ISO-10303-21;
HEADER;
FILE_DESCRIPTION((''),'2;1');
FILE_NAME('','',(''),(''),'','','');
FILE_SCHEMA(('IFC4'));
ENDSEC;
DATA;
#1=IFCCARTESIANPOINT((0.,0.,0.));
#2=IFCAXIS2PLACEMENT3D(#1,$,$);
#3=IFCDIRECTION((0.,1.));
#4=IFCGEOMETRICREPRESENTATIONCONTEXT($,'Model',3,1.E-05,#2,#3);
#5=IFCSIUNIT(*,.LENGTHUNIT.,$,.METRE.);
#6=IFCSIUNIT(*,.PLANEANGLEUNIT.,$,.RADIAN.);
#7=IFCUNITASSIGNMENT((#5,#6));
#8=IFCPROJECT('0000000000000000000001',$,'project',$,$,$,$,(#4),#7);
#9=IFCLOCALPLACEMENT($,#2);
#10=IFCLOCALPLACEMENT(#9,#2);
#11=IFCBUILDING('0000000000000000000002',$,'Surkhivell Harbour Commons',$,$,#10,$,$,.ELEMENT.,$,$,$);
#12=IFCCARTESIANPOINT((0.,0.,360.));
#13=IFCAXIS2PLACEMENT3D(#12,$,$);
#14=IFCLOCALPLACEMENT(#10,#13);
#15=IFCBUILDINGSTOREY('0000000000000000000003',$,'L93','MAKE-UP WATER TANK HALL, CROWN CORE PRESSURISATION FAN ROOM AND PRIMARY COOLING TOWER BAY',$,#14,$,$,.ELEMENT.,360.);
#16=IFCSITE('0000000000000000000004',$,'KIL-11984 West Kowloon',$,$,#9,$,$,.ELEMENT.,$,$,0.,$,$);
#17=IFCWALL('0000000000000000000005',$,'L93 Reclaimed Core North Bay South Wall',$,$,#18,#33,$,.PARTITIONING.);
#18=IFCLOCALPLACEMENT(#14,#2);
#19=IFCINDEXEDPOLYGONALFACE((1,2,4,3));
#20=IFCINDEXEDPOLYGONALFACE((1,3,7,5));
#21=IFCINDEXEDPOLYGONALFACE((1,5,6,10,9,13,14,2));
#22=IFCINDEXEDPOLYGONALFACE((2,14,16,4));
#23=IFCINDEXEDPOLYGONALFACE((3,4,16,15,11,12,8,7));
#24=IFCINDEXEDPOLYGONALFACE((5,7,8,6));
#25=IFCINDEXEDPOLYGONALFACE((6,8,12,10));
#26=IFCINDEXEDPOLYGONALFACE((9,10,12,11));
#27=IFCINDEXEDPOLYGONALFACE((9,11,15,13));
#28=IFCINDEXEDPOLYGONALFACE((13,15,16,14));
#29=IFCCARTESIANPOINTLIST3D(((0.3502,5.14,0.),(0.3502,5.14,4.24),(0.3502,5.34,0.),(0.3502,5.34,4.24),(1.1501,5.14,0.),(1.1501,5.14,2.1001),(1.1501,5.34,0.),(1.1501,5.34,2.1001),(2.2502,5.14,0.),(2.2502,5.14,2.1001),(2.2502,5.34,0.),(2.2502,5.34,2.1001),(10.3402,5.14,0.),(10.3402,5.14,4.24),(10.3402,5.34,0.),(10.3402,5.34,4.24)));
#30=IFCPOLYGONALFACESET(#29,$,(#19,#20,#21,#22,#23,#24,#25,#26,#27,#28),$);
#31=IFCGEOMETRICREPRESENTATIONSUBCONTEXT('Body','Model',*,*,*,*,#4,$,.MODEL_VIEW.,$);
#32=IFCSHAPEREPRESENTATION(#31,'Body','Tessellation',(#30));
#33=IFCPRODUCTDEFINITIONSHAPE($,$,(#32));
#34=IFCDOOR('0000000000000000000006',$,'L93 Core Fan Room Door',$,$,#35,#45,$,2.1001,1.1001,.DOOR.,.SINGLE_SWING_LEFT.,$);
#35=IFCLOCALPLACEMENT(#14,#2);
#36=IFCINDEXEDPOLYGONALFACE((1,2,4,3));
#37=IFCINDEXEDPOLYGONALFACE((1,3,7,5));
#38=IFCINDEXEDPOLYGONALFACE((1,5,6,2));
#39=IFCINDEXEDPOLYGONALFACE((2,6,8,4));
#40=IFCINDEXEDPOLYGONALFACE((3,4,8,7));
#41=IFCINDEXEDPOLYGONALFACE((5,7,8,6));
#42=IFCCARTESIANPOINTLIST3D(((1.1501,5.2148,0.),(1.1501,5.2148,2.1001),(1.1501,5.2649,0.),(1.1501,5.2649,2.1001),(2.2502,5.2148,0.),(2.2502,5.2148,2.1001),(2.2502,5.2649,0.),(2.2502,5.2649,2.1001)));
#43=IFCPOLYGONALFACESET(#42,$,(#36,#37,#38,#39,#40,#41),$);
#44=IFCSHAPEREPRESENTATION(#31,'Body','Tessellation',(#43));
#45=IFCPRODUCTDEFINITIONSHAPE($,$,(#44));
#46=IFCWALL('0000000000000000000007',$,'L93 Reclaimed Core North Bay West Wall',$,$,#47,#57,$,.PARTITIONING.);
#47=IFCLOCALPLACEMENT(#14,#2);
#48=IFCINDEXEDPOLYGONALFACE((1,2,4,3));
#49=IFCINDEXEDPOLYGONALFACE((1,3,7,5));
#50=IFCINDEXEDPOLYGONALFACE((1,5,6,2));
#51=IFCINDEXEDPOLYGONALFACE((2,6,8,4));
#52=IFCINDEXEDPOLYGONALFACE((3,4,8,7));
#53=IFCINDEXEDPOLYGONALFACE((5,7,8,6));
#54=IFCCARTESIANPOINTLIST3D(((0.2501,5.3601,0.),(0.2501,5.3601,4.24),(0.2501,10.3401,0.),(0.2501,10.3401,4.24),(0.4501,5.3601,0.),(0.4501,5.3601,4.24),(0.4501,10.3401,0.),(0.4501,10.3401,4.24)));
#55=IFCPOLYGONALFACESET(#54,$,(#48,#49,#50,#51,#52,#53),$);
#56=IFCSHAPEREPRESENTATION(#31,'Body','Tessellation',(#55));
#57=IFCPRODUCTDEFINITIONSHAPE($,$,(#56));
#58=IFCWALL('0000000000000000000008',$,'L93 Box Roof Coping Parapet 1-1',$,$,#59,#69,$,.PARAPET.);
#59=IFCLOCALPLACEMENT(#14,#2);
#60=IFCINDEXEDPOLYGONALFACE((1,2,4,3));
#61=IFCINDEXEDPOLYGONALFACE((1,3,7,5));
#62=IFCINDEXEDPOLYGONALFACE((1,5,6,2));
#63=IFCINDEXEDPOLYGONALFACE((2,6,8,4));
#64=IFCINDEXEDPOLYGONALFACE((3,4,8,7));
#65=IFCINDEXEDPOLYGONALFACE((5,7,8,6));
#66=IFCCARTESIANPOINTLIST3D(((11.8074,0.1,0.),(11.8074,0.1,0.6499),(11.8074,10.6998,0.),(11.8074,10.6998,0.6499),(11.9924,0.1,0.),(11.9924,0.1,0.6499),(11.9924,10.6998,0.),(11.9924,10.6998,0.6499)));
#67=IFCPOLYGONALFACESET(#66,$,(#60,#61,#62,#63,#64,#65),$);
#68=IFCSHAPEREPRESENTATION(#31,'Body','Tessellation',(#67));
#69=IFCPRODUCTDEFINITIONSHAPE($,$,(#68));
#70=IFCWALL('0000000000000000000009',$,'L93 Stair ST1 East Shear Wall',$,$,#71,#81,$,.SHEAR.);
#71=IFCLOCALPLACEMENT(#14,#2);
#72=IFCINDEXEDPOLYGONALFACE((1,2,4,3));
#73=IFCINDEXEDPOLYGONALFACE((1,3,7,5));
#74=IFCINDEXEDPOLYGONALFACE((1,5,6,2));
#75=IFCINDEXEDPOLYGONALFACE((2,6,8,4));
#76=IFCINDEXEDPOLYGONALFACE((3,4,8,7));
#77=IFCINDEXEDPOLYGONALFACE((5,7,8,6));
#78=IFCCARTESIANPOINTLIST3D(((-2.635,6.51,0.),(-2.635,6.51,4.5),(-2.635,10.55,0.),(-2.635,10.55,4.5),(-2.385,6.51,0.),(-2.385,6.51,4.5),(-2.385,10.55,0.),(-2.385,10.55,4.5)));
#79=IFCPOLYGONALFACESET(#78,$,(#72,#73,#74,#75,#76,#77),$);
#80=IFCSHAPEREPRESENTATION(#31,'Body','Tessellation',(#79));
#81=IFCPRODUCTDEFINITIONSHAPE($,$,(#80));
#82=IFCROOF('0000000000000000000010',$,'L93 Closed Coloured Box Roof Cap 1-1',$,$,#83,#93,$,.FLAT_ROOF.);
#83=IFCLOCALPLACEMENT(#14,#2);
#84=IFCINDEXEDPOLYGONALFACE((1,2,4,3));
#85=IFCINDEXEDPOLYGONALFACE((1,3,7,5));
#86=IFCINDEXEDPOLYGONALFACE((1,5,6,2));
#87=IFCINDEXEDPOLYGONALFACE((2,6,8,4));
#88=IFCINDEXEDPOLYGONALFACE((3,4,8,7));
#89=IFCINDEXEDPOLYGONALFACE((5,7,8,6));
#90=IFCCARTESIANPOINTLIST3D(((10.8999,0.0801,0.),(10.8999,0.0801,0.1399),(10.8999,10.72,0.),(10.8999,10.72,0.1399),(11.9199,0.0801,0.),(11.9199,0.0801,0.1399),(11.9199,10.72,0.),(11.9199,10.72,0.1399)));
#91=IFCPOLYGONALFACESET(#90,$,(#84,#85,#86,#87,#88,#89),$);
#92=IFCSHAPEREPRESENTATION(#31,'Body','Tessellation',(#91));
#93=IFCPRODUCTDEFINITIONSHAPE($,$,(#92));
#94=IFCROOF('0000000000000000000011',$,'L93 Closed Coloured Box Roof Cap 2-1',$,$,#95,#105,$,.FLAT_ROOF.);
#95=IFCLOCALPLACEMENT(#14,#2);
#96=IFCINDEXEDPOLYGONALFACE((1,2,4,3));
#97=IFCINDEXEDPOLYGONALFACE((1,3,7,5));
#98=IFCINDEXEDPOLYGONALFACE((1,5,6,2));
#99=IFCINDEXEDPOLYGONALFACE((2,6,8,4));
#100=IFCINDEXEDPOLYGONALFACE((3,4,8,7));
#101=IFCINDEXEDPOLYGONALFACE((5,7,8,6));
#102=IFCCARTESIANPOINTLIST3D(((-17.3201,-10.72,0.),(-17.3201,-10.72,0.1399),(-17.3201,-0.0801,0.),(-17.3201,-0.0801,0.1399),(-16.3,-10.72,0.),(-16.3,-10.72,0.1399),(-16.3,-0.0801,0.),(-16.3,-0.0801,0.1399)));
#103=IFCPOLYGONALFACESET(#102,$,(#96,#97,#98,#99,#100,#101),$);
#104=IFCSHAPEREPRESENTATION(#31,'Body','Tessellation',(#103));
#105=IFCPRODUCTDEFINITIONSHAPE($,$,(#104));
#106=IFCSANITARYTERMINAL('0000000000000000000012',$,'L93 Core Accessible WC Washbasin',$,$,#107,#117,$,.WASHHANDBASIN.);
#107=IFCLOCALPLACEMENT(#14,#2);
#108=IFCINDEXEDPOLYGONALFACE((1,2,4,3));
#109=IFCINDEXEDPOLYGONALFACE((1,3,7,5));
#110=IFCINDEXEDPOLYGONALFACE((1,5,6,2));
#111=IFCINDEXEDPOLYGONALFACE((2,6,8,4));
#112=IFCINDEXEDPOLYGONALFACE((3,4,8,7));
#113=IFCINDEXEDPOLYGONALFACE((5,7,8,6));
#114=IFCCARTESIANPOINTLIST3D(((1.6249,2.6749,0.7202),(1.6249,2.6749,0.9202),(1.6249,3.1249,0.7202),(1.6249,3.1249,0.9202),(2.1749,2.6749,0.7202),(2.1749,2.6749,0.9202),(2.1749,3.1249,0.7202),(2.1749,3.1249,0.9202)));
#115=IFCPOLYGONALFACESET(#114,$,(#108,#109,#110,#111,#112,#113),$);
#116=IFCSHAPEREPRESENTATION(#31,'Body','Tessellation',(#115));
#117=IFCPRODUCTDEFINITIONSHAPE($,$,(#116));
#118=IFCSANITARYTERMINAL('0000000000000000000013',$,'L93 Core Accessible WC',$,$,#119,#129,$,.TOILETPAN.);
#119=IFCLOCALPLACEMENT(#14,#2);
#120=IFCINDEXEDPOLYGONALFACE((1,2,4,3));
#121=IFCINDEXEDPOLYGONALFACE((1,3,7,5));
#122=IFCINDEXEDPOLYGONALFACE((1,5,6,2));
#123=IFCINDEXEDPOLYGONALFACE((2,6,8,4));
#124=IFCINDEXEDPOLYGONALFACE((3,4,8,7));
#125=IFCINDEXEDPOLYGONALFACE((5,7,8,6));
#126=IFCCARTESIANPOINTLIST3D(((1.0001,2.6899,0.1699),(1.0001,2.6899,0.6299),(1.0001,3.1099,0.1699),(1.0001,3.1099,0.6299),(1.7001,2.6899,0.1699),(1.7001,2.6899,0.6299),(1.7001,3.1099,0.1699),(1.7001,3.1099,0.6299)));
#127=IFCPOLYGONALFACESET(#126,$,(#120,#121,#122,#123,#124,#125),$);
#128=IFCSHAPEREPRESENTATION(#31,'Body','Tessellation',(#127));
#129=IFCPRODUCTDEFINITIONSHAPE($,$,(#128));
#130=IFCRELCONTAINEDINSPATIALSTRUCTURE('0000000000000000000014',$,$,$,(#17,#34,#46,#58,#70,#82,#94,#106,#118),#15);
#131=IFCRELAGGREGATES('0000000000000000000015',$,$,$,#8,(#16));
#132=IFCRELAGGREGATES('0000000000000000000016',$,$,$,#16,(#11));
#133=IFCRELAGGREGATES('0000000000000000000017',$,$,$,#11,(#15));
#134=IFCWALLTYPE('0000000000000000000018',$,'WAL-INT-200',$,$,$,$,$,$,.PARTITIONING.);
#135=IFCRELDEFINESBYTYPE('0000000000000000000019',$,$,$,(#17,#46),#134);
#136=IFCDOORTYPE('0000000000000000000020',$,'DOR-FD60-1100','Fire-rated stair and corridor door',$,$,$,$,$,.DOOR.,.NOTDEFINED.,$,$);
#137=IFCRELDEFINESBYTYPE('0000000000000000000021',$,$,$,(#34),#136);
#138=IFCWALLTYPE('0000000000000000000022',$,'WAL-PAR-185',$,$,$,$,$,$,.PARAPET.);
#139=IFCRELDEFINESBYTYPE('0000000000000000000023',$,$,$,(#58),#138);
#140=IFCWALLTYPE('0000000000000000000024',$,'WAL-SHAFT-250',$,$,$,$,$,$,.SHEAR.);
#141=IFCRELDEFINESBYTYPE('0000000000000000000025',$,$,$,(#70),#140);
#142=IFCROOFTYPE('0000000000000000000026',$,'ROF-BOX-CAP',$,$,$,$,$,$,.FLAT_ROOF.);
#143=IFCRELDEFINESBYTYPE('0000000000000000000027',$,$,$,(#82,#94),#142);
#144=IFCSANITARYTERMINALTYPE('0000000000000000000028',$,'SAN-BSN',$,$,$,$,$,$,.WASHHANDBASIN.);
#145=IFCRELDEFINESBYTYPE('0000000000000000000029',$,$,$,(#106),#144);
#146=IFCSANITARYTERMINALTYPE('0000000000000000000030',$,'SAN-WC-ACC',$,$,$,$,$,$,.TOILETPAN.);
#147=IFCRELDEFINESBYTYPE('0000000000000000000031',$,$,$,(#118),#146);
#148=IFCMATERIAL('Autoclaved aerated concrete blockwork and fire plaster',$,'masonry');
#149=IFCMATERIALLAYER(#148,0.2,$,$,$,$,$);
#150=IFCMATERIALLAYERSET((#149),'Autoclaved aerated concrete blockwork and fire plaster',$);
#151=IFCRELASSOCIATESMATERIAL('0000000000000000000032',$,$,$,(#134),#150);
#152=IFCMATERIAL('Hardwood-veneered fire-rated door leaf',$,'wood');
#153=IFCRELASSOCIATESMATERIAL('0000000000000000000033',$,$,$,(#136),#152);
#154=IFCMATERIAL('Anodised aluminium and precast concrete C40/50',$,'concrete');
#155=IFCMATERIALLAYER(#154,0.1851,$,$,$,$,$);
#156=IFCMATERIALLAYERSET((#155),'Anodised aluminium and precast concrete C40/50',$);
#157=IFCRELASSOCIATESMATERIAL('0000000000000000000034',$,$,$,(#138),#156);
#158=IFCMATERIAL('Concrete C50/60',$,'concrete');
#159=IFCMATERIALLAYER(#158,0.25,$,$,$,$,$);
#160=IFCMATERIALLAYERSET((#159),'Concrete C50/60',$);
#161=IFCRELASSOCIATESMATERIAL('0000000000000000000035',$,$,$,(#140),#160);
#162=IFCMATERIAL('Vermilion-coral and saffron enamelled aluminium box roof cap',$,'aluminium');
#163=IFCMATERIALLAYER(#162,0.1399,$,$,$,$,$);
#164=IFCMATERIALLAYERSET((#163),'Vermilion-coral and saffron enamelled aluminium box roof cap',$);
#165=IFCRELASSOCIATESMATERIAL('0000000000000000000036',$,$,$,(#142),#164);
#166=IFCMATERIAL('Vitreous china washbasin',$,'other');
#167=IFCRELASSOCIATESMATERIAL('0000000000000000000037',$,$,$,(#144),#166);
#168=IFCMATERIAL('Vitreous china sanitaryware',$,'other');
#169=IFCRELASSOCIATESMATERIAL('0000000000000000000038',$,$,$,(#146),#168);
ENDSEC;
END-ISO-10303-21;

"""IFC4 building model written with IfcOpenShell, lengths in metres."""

from ifc_helpers import new_model, si_unit, direction, frame, frame_2d, origin, origin_2d, place, context, subcontext, project, spatial, polyline, rectangle, outline, extrude, material, layer, layer_set, type_object, element, fill, save


model = new_model("IFC4")

# Units and contexts
model_context = context("Model", 3, precision=1e-05, world=origin(), true_north=direction((0.0, 1.0)))
body_context = subcontext(model_context, "Body", "Model", "MODEL_VIEW")
ifc_project = project(units=[si_unit("LENGTHUNIT", "METRE"), si_unit("PLANEANGLEUNIT", "RADIAN")], contexts=[model_context])

# Site, building, storey
site_placement = place(None, origin())
site = spatial("IfcSite", under=ifc_project, at=site_placement, Name="KIL-11984 West Kowloon", CompositionType="ELEMENT", RefElevation=0.0)
building_placement = place(site_placement, origin())
building = spatial("IfcBuilding", under=site, at=building_placement, Name="Surkhivell Harbour Commons", CompositionType="ELEMENT")
storey_placement = place(building_placement, frame((0.0, 0.0, 360.0)))
storey = spatial("IfcBuildingStorey", under=building, at=storey_placement, Name="L93", Description="MAKE-UP WATER TANK HALL, CROWN CORE PRESSURISATION FAN ROOM AND PRIMARY COOLING TOWER BAY", CompositionType="ELEMENT", Elevation=360.0)

# Shared definitions
ifc_material_1 = material(Name="Concrete C50/60", Category="concrete")

# Wall, opening, door
ifc_material_2 = material(Name="Hardwood-veneered fire-rated door leaf", Category="wood")
ifc_material_3 = material(Name="Autoclaved aerated concrete blockwork and fire plaster", Category="masonry")
ifc_layer_1 = layer(ifc_material_3, 0.2)
ifc_layer_set_1 = layer_set([ifc_layer_1], Name="Autoclaved aerated concrete blockwork and fire plaster")
wall_type_1 = type_object("IfcWallType", Name="WAL-INT-200", PredefinedType="PARTITIONING", material=ifc_layer_set_1)
wall_1_placement = place(storey_placement, frame((0.3501, 5.24, 0.0), z_axis=(0.0, 0.0, 1.0), x_axis=(1.0, 0.0, 0.0)))
wall_1 = element("IfcWall", 1, at=wall_1_placement, inside=storey, type_object=wall_type_1, Name="L93 Reclaimed Core North Bay South Wall", PredefinedType="PARTITIONING", context=body_context, shape_type="SweptSolid", body=[
    extrude(rectangle(XDim=9.99, YDim=0.2, at=frame_2d((4.9951, 0.0))), origin(), (0.0, 0.0, 1.0), 4.24),
])
opening_1_placement = place(wall_1_placement, frame((0.8, 0.0, 0.0)))
opening_1 = element("IfcOpeningElement", 2, at=opening_1_placement, cuts=wall_1, PredefinedType="OPENING", context=body_context, shape_type="SweptSolid", body=[
    extrude(rectangle(XDim=1.1001, YDim=2.1001, at=frame_2d((0.55, 1.05))), frame((0.0, 0.1099, 0.0), z_axis=(0.0, -1.0, 0.0), x_axis=(1.0, 0.0, 0.0)), (0.0, 0.0, 1.0), 0.22),
])
door_type_1 = type_object("IfcDoorType", Name="DOR-FD60-1100", Description="Fire-rated stair and corridor door", OperationType="NOTDEFINED", PredefinedType="DOOR", material=ifc_material_2)
door_1_placement = place(opening_1_placement, origin())
door_1 = element("IfcDoor", 3, at=door_1_placement, inside=storey, type_object=door_type_1, Name="L93 Core Fan Room Door", OperationType="SINGLE_SWING_LEFT", OverallHeight=2.1001, OverallWidth=1.1001, PredefinedType="DOOR", context=body_context, shape_type="SweptSolid", body=[
    extrude(rectangle(XDim=1.1001, YDim=2.1001, at=frame_2d((0.55, 1.05))), frame((0.0, 0.0249, 0.0), z_axis=(0.0, -1.0, 0.0), x_axis=(1.0, 0.0, 0.0)), (0.0, 0.0, 1.0), 0.05),
])
fill(opening_1, door_1)

# Walls
wall_2_placement = place(storey_placement, frame((0.3501, 5.3601, 0.0), z_axis=(0.0, 0.0, 1.0), x_axis=(0.0, 1.0, 0.0)))
element("IfcWall", 4, at=wall_2_placement, inside=storey, type_object=wall_type_1, Name="L93 Reclaimed Core North Bay West Wall", PredefinedType="PARTITIONING", context=body_context, shape_type="SweptSolid", body=[
    extrude(rectangle(XDim=4.98, YDim=0.2, at=frame_2d((2.49, 0.0))), origin(), (0.0, 0.0, 1.0), 4.24),
])
ifc_material_4 = material(Name="Anodised aluminium and precast concrete C40/50", Category="concrete")
ifc_layer_2 = layer(ifc_material_4, 0.1851)
ifc_layer_set_2 = layer_set([ifc_layer_2], Name="Anodised aluminium and precast concrete C40/50")
wall_type_2 = type_object("IfcWallType", Name="WAL-PAR-185", PredefinedType="PARAPET", material=ifc_layer_set_2)
wall_3_placement = place(storey_placement, frame((11.8999, 0.1001, 0.0), z_axis=(0.0, 0.0, 1.0), x_axis=(0.0, 1.0, 0.0)))
element("IfcWall", 5, at=wall_3_placement, inside=storey, type_object=wall_type_2, Name="L93 Box Roof Coping Parapet 1-1", PredefinedType="PARAPET", context=body_context, shape_type="SweptSolid", body=[
    extrude(rectangle(XDim=10.5999, YDim=0.1851, at=frame_2d((5.2998, 0.0))), origin(), (0.0, 0.0, 1.0), 0.6499),
])
ifc_layer_3 = layer(ifc_material_1, 0.25)
ifc_layer_set_3 = layer_set([ifc_layer_3], Name="Concrete C50/60")
wall_type_3 = type_object("IfcWallType", Name="WAL-SHAFT-250", PredefinedType="SHEAR", material=ifc_layer_set_3)
wall_4_placement = place(storey_placement, frame((-2.51, 6.51, 0.0), z_axis=(0.0, 0.0, 1.0), x_axis=(0.0, 1.0, 0.0)))
element("IfcWall", 6, at=wall_4_placement, inside=storey, type_object=wall_type_3, Name="L93 Stair ST1 East Shear Wall", PredefinedType="SHEAR", context=body_context, shape_type="SweptSolid", body=[
    extrude(rectangle(XDim=4.04, YDim=0.25, at=frame_2d((2.02, 0.0))), origin(), (0.0, 0.0, 1.0), 4.5),
])

# Roofs
ifc_material_5 = material(Name="Vermilion-coral and saffron enamelled aluminium box roof cap", Category="aluminium")
ifc_layer_4 = layer(ifc_material_5, 0.1399)
ifc_layer_set_4 = layer_set([ifc_layer_4], Name="Vermilion-coral and saffron enamelled aluminium box roof cap")
roof_type = type_object("IfcRoofType", Name="ROF-BOX-CAP", PredefinedType="FLAT_ROOF", material=ifc_layer_set_4)
roof_1_placement = place(storey_placement, origin())
element("IfcRoof", 7, at=roof_1_placement, inside=storey, type_object=roof_type, Name="L93 Closed Coloured Box Roof Cap 1-1", PredefinedType="FLAT_ROOF", context=body_context, shape_type="SweptSolid", body=[
    extrude(outline(polyline([(10.8999, 0.0801), (11.9199, 0.0801), (11.9199, 10.72), (10.8999, 10.72), (10.8999, 0.0801)])), origin(), (0.0, 0.0, 1.0), 0.1399),
])
roof_2_placement = place(storey_placement, origin())
element("IfcRoof", 8, at=roof_2_placement, inside=storey, type_object=roof_type, Name="L93 Closed Coloured Box Roof Cap 2-1", PredefinedType="FLAT_ROOF", context=body_context, shape_type="SweptSolid", body=[
    extrude(outline(polyline([(-16.3, -0.0801), (-17.3201, -0.0801), (-17.3201, -10.72), (-16.3, -10.72), (-16.3, -0.0801)])), origin(), (0.0, 0.0, 1.0), 0.1399),
])

# Sanitary terminals
ifc_material_6 = material(Name="Vitreous china washbasin", Category="other")
sanitary_terminal_type_1 = type_object("IfcSanitaryTerminalType", Name="SAN-BSN", PredefinedType="WASHHANDBASIN", material=ifc_material_6)
sanitary_terminal_1_placement = place(storey_placement, frame((1.8999, 2.8999, 0.7202), z_axis=(0.0, 0.0, 1.0), x_axis=(1.0, 0.0, 0.0)))
element("IfcSanitaryTerminal", 9, at=sanitary_terminal_1_placement, inside=storey, type_object=sanitary_terminal_type_1, Name="L93 Core Accessible WC Washbasin", PredefinedType="WASHHANDBASIN", context=body_context, shape_type="SweptSolid", body=[
    extrude(rectangle(XDim=0.55, YDim=0.45, at=origin_2d()), origin(), (0.0, 0.0, 1.0), 0.2),
])
ifc_material_7 = material(Name="Vitreous china sanitaryware", Category="other")
sanitary_terminal_type_2 = type_object("IfcSanitaryTerminalType", Name="SAN-WC-ACC", PredefinedType="TOILETPAN", material=ifc_material_7)
sanitary_terminal_2_placement = place(storey_placement, frame((1.3501, 2.8999, 0.1699), z_axis=(0.0, 0.0, 1.0), x_axis=(1.0, 0.0, 0.0)))
element("IfcSanitaryTerminal", 10, at=sanitary_terminal_2_placement, inside=storey, type_object=sanitary_terminal_type_2, Name="L93 Core Accessible WC", PredefinedType="TOILETPAN", context=body_context, shape_type="SweptSolid", body=[
    extrude(rectangle(XDim=0.7, YDim=0.4199, at=origin_2d()), origin(), (0.0, 0.0, 1.0), 0.46),
])

save(model, "model.ifc")
